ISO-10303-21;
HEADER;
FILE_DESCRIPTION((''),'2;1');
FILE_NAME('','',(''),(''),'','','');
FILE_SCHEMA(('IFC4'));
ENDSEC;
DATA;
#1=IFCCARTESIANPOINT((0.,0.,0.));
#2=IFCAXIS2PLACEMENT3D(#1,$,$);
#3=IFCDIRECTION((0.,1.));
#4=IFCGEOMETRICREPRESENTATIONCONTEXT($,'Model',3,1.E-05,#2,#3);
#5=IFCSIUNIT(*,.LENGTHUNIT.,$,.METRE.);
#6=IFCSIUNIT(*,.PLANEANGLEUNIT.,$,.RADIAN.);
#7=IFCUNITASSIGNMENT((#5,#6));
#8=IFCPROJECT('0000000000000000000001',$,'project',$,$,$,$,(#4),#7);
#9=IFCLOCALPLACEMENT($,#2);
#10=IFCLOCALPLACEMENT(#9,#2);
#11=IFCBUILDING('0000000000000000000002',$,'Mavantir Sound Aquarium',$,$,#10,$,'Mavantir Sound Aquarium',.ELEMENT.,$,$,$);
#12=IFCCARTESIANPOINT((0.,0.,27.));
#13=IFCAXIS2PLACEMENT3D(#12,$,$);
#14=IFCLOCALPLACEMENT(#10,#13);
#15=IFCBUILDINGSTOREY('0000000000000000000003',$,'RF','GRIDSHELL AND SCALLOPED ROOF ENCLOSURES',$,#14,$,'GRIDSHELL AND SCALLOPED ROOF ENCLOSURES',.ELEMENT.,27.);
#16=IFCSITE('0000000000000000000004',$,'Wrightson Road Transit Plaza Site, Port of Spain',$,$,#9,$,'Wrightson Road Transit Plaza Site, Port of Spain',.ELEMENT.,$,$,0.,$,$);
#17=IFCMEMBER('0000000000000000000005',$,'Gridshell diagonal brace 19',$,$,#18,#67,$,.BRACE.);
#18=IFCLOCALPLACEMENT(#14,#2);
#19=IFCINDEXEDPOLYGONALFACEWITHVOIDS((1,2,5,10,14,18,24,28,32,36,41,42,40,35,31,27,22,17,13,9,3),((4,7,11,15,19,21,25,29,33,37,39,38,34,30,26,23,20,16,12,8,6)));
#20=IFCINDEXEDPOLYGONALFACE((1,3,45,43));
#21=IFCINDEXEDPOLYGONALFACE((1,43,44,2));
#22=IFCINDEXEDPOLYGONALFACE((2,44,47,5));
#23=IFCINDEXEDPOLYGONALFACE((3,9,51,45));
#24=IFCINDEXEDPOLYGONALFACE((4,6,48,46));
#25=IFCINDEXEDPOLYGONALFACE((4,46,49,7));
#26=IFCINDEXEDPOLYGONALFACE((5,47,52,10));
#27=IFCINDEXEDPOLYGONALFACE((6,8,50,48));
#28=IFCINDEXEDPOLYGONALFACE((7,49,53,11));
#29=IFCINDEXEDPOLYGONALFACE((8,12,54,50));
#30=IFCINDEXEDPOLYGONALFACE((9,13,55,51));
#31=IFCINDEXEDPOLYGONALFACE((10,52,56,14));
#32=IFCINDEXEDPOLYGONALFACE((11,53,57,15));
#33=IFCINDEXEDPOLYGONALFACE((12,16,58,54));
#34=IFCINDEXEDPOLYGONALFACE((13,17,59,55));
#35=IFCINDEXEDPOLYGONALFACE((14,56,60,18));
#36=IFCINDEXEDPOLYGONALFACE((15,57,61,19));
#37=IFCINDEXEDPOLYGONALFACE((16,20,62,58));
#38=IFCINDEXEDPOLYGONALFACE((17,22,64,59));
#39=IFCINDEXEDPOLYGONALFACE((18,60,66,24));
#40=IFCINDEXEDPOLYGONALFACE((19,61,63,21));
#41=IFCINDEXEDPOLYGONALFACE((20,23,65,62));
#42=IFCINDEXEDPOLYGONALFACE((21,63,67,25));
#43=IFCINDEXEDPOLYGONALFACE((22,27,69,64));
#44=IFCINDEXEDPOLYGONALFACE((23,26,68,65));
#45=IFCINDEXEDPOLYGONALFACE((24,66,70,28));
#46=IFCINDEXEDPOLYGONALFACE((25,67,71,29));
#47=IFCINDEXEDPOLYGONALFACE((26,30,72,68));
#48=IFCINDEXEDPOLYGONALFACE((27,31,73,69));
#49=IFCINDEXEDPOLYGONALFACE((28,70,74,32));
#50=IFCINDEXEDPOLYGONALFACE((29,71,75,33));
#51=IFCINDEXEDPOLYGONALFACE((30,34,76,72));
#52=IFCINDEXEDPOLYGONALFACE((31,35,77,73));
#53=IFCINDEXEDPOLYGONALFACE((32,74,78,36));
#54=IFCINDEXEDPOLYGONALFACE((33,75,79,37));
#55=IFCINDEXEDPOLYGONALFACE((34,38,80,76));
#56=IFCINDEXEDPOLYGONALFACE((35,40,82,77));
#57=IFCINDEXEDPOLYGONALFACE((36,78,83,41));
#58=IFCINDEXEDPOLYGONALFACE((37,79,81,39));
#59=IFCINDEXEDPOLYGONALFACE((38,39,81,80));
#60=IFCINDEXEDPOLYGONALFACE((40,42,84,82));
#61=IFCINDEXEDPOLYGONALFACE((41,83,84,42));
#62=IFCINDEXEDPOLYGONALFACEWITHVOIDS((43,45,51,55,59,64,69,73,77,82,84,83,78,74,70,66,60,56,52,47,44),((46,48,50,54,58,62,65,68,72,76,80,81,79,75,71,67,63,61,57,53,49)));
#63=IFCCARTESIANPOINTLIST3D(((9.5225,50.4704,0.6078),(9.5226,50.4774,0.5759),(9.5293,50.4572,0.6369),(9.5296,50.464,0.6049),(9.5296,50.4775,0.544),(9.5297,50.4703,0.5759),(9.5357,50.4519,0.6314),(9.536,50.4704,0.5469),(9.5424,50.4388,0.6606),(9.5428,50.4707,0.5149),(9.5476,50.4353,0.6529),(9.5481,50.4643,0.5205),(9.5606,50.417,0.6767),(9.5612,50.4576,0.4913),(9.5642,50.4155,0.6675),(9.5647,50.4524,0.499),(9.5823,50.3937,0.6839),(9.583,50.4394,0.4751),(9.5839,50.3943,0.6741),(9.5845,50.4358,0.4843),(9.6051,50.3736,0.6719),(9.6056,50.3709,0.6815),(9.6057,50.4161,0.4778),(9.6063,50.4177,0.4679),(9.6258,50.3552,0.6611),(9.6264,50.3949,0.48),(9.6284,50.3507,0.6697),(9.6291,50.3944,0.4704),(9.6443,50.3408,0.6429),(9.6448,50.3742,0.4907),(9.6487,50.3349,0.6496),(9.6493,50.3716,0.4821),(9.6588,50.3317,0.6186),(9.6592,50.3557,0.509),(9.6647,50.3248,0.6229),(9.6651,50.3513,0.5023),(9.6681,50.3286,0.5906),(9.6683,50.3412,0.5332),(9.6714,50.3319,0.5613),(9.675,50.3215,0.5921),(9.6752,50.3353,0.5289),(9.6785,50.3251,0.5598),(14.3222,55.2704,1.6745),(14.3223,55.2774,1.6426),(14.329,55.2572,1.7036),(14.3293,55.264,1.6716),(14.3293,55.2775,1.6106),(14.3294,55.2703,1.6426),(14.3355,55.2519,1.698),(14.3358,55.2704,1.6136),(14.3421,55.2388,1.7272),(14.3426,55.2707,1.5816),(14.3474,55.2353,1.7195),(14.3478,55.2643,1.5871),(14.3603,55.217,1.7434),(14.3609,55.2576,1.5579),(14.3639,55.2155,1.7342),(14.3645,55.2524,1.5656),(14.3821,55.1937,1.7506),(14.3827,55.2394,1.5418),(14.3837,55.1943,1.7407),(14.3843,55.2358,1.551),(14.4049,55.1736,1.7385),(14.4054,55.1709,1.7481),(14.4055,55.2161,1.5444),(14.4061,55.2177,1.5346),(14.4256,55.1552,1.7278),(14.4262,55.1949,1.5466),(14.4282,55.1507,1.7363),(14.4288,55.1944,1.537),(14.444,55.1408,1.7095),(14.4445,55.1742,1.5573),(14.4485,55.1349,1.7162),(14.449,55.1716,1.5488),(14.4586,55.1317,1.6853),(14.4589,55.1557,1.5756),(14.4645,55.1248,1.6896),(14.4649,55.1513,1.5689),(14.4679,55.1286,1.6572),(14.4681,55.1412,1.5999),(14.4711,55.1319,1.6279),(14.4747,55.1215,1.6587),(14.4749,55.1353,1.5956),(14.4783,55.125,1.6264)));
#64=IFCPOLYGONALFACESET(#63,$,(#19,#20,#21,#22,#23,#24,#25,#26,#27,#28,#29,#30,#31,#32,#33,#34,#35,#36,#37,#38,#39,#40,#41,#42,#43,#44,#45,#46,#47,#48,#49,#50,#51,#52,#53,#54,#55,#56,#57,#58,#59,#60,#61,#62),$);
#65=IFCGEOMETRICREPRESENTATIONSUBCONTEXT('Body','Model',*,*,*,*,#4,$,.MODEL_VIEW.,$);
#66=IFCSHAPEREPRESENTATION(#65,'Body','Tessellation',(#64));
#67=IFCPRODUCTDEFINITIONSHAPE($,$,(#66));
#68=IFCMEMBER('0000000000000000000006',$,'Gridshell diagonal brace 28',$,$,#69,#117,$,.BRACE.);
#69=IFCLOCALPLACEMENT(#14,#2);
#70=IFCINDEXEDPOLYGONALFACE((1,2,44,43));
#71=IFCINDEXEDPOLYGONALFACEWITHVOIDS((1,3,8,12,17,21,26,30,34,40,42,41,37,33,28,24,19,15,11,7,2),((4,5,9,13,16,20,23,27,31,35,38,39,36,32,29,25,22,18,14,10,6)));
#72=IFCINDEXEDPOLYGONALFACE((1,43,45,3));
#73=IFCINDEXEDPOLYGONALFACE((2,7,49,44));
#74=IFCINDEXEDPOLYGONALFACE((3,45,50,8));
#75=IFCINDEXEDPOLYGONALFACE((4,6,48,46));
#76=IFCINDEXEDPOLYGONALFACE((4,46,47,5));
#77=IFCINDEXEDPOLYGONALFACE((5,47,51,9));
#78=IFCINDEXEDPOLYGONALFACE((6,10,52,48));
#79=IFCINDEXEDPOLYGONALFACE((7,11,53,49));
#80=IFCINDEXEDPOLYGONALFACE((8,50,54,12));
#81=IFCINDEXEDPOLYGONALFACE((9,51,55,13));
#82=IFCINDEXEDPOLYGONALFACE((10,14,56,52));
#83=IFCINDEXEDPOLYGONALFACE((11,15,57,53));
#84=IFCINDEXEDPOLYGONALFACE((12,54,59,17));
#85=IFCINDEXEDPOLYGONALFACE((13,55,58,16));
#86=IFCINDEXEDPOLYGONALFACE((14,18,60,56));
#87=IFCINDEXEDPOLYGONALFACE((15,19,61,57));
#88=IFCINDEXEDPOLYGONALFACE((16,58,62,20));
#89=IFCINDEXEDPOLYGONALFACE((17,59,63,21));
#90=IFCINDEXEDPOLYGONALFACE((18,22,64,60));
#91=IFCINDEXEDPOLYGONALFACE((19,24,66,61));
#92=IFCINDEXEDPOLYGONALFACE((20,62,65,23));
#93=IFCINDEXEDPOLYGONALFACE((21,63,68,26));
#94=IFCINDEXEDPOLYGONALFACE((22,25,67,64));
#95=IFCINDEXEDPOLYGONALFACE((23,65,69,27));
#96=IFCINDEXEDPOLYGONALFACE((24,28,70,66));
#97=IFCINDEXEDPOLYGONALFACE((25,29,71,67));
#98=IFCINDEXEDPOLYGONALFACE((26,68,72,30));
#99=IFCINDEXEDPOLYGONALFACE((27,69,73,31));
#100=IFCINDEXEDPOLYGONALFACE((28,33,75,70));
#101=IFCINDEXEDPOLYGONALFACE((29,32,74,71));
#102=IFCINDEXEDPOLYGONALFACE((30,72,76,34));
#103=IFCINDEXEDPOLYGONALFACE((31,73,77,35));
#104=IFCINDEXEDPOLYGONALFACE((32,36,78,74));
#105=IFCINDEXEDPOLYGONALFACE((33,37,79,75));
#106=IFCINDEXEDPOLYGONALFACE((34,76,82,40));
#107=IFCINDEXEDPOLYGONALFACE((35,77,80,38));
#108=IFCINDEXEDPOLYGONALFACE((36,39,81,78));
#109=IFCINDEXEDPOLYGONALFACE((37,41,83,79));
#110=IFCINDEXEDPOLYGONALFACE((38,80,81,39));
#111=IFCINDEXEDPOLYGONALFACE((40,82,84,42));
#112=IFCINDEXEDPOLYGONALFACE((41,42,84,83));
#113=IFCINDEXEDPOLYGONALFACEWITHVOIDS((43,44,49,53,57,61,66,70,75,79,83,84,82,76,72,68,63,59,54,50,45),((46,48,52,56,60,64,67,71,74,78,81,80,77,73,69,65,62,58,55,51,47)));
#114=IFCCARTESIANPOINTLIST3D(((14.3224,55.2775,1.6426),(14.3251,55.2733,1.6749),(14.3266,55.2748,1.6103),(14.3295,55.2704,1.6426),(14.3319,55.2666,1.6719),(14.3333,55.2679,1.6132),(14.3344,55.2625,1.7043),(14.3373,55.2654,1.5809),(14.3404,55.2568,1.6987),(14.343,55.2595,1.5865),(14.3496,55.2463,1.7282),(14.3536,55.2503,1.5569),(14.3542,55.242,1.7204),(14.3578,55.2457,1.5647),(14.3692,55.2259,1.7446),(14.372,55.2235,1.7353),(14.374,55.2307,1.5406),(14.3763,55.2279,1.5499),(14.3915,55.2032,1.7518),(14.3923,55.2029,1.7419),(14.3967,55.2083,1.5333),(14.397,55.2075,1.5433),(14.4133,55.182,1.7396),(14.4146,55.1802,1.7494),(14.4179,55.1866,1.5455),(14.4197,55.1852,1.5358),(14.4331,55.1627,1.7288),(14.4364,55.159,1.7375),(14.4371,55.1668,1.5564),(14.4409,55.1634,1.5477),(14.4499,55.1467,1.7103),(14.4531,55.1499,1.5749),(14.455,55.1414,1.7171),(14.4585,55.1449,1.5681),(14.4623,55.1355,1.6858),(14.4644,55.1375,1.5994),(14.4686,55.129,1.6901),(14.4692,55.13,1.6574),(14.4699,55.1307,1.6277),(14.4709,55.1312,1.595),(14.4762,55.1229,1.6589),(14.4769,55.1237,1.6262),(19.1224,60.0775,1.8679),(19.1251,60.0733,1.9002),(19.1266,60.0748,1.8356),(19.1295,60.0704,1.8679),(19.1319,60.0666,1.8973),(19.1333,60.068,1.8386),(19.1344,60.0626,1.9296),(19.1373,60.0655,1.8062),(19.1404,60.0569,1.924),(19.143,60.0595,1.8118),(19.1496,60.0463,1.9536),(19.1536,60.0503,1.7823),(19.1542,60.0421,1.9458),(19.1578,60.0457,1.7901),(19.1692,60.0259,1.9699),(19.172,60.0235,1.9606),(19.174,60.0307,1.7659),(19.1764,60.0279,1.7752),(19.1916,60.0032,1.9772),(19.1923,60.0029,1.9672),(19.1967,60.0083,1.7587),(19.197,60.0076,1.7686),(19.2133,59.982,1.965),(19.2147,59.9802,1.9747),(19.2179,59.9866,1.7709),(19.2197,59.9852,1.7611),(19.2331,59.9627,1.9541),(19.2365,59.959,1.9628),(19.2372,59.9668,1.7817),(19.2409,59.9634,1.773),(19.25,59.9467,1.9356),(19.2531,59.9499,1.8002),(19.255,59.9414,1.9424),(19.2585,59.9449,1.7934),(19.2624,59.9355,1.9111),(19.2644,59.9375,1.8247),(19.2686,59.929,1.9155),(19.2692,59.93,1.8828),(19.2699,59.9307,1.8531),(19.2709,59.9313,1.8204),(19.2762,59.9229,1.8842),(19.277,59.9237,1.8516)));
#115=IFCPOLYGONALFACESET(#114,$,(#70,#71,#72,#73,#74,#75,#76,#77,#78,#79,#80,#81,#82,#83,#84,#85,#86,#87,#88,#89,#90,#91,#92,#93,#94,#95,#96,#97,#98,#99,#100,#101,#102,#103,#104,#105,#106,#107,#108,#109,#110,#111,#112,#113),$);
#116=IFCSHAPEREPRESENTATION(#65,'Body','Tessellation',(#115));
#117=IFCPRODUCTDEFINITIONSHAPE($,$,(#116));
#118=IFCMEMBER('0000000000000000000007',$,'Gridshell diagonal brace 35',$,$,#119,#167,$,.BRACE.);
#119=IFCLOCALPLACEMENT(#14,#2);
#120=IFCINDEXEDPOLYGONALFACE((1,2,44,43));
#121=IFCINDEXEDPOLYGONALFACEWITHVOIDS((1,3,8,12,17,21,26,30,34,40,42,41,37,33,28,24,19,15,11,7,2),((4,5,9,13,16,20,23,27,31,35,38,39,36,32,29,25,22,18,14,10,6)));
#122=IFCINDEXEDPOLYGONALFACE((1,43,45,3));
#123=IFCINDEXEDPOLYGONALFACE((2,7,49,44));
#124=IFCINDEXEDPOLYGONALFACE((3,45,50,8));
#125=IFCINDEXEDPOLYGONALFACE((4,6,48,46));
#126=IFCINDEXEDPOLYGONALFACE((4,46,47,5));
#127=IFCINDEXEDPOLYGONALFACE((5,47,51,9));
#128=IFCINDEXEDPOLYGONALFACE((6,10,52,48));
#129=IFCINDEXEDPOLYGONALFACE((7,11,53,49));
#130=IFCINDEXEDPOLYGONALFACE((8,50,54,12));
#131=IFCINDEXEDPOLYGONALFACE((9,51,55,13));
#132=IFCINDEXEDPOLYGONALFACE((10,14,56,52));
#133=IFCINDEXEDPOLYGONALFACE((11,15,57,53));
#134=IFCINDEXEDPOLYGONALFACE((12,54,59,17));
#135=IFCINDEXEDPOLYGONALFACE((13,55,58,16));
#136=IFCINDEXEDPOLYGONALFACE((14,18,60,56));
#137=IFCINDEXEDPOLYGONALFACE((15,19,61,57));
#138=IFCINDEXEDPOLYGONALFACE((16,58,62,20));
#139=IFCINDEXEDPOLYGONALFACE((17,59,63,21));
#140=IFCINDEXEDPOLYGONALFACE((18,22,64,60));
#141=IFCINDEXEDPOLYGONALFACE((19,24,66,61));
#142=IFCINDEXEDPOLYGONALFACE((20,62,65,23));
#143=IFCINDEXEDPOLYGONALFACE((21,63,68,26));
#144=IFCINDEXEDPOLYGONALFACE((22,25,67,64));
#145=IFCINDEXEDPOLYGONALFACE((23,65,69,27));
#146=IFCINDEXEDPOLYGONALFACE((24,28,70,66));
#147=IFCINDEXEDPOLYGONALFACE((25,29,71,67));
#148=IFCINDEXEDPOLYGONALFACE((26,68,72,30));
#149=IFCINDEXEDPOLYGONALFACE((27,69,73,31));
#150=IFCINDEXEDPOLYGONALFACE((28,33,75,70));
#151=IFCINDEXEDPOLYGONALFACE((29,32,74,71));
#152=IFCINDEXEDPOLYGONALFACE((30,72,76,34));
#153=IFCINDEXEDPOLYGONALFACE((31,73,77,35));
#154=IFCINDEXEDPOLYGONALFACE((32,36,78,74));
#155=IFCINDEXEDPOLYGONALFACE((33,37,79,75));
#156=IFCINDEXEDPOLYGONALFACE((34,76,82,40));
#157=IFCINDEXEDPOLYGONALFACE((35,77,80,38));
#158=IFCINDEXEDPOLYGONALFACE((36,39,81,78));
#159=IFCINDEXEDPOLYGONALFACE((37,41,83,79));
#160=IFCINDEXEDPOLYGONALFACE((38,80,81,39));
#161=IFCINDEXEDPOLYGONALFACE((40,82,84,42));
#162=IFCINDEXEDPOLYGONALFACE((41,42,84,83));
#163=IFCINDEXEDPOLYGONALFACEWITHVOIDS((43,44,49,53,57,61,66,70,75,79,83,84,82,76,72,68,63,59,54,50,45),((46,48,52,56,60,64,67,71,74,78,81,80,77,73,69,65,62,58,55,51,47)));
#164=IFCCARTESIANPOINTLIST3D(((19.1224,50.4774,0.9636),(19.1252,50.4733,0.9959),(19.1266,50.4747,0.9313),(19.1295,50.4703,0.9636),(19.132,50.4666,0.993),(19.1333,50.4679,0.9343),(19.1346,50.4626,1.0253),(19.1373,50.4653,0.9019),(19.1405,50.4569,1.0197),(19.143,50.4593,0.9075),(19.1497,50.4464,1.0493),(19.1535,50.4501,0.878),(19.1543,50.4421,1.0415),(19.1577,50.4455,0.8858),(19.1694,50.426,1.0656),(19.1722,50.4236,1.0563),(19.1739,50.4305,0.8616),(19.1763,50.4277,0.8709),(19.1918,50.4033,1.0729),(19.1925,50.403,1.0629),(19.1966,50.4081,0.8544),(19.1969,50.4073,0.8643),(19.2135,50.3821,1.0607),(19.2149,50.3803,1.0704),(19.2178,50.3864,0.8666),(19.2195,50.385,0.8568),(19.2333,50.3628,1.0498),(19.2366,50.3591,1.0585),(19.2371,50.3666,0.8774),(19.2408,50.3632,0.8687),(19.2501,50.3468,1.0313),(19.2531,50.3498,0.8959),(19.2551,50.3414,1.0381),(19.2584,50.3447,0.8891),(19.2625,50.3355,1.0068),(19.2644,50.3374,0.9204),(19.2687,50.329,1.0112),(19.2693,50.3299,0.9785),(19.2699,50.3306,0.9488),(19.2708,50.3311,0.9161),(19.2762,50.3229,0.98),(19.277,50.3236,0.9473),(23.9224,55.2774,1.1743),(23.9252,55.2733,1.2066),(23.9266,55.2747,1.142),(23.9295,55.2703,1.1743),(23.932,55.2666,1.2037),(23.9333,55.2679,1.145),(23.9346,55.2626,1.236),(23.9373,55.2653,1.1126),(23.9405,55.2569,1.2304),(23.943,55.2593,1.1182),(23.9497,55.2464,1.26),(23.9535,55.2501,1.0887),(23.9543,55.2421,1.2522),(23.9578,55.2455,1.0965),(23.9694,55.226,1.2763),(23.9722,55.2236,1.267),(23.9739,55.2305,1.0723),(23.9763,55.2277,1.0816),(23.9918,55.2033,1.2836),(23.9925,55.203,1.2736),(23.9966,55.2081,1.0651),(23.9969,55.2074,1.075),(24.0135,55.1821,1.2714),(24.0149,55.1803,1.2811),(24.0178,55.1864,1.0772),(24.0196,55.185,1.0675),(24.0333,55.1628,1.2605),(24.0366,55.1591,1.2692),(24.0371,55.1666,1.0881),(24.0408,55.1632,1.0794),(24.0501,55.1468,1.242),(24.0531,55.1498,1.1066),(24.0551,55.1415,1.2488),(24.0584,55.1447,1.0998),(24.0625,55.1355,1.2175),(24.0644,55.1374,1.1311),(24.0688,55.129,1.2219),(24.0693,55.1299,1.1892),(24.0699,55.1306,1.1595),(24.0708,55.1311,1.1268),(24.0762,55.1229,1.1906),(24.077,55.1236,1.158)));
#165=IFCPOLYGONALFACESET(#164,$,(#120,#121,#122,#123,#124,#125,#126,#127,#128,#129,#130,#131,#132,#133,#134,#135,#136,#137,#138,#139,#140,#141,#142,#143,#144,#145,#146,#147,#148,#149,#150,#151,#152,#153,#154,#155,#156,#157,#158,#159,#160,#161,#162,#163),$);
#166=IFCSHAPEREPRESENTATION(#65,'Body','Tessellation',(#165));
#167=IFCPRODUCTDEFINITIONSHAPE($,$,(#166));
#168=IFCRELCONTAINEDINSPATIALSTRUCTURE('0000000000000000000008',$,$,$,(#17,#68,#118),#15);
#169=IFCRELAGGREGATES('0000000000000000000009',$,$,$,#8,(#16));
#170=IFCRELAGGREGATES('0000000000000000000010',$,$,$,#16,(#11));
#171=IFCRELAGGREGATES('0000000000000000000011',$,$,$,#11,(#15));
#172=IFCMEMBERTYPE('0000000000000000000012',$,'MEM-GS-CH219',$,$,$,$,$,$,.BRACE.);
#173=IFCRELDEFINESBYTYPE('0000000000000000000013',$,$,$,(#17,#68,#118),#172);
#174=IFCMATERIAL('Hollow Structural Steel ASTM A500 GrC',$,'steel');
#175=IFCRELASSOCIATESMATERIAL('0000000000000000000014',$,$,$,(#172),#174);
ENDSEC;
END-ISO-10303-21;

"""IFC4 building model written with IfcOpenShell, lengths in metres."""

from ifc_helpers import new_model, si_unit, direction, frame, origin, origin_2d, place, context, subcontext, project, spatial, hollow_circle, extrude, material, material_profile, profile_set, type_object, element, save


model = new_model("IFC4")

# Units and contexts
model_context = context("Model", 3, precision=1e-05, world=origin(), true_north=direction((0.0, 1.0)))
body_context = subcontext(model_context, "Body", "Model", "MODEL_VIEW")
ifc_project = project(units=[si_unit("LENGTHUNIT", "METRE"), si_unit("PLANEANGLEUNIT", "RADIAN")], contexts=[model_context])

# Site, building, storey
site_placement = place(None, origin())
site = spatial("IfcSite", under=ifc_project, at=site_placement, Name="Wrightson Road Transit Plaza Site, Port of Spain", LongName="Wrightson Road Transit Plaza Site, Port of Spain", CompositionType="ELEMENT", RefElevation=0.0)
building_placement = place(site_placement, origin())
building = spatial("IfcBuilding", under=site, at=building_placement, Name="Mavantir Sound Aquarium", LongName="Mavantir Sound Aquarium", CompositionType="ELEMENT")
storey_placement = place(building_placement, frame((0.0, 0.0, 27.0)))
storey = spatial("IfcBuildingStorey", under=building, at=storey_placement, Name="RF", Description="GRIDSHELL AND SCALLOPED ROOF ENCLOSURES", LongName="GRIDSHELL AND SCALLOPED ROOF ENCLOSURES", CompositionType="ELEMENT", Elevation=27.0)

# Members
ifc_material_1 = material(Name="Hollow Structural Steel ASTM A500 GrC", Category="steel")
ifc_material_profile_1 = material_profile(ifc_material_1, hollow_circle(Radius=0.1096, WallThickness=0.01, at=origin_2d()), Name="CHS 219.1X10")
ifc_profile_set_1 = profile_set([ifc_material_profile_1], Name="Hollow Structural Steel ASTM A500 GrC")
member_type_1 = type_object("IfcMemberType", Name="MEM-GS-CH219", PredefinedType="BRACE", material=ifc_profile_set_1)
member_1_placement = place(storey_placement, frame((9.6001, 50.3999, 0.5759), z_axis=(0.698518, 0.698553, 0.15523), x_axis=(-0.707125, 0.707089, 0.0)))
element("IfcMember", 1, at=member_1_placement, inside=storey, type_object=member_type_1, Name="Gridshell diagonal brace 19", PredefinedType="BRACE", context=body_context, shape_type="SweptSolid", body=[
    extrude(hollow_circle(Radius=0.1096, WallThickness=0.01, at=origin_2d()), origin(), (0.0, 0.0, 1.0), 6.8713),
])
member_2_placement = place(storey_placement, frame((14.3999, 55.2, 1.6426), z_axis=(0.706718, 0.706718, 0.033177), x_axis=(-0.707107, 0.707107, 0.0)))
element("IfcMember", 2, at=member_2_placement, inside=storey, type_object=member_type_1, Name="Gridshell diagonal brace 28", PredefinedType="BRACE", context=body_context, shape_type="SweptSolid", body=[
    extrude(hollow_circle(Radius=0.1096, WallThickness=0.01, at=origin_2d()), origin(), (0.0, 0.0, 1.0), 6.792),
])
member_3_placement = place(storey_placement, frame((19.2, 50.3999, 0.9636), z_axis=(0.706766, 0.706766, 0.031023), x_axis=(-0.707107, 0.707107, 0.0)))
element("IfcMember", 3, at=member_3_placement, inside=storey, type_object=member_type_1, Name="Gridshell diagonal brace 35", PredefinedType="BRACE", context=body_context, shape_type="SweptSolid", body=[
    extrude(hollow_circle(Radius=0.1096, WallThickness=0.01, at=origin_2d()), origin(), (0.0, 0.0, 1.0), 6.7915),
])

save(model, "model.ifc")
